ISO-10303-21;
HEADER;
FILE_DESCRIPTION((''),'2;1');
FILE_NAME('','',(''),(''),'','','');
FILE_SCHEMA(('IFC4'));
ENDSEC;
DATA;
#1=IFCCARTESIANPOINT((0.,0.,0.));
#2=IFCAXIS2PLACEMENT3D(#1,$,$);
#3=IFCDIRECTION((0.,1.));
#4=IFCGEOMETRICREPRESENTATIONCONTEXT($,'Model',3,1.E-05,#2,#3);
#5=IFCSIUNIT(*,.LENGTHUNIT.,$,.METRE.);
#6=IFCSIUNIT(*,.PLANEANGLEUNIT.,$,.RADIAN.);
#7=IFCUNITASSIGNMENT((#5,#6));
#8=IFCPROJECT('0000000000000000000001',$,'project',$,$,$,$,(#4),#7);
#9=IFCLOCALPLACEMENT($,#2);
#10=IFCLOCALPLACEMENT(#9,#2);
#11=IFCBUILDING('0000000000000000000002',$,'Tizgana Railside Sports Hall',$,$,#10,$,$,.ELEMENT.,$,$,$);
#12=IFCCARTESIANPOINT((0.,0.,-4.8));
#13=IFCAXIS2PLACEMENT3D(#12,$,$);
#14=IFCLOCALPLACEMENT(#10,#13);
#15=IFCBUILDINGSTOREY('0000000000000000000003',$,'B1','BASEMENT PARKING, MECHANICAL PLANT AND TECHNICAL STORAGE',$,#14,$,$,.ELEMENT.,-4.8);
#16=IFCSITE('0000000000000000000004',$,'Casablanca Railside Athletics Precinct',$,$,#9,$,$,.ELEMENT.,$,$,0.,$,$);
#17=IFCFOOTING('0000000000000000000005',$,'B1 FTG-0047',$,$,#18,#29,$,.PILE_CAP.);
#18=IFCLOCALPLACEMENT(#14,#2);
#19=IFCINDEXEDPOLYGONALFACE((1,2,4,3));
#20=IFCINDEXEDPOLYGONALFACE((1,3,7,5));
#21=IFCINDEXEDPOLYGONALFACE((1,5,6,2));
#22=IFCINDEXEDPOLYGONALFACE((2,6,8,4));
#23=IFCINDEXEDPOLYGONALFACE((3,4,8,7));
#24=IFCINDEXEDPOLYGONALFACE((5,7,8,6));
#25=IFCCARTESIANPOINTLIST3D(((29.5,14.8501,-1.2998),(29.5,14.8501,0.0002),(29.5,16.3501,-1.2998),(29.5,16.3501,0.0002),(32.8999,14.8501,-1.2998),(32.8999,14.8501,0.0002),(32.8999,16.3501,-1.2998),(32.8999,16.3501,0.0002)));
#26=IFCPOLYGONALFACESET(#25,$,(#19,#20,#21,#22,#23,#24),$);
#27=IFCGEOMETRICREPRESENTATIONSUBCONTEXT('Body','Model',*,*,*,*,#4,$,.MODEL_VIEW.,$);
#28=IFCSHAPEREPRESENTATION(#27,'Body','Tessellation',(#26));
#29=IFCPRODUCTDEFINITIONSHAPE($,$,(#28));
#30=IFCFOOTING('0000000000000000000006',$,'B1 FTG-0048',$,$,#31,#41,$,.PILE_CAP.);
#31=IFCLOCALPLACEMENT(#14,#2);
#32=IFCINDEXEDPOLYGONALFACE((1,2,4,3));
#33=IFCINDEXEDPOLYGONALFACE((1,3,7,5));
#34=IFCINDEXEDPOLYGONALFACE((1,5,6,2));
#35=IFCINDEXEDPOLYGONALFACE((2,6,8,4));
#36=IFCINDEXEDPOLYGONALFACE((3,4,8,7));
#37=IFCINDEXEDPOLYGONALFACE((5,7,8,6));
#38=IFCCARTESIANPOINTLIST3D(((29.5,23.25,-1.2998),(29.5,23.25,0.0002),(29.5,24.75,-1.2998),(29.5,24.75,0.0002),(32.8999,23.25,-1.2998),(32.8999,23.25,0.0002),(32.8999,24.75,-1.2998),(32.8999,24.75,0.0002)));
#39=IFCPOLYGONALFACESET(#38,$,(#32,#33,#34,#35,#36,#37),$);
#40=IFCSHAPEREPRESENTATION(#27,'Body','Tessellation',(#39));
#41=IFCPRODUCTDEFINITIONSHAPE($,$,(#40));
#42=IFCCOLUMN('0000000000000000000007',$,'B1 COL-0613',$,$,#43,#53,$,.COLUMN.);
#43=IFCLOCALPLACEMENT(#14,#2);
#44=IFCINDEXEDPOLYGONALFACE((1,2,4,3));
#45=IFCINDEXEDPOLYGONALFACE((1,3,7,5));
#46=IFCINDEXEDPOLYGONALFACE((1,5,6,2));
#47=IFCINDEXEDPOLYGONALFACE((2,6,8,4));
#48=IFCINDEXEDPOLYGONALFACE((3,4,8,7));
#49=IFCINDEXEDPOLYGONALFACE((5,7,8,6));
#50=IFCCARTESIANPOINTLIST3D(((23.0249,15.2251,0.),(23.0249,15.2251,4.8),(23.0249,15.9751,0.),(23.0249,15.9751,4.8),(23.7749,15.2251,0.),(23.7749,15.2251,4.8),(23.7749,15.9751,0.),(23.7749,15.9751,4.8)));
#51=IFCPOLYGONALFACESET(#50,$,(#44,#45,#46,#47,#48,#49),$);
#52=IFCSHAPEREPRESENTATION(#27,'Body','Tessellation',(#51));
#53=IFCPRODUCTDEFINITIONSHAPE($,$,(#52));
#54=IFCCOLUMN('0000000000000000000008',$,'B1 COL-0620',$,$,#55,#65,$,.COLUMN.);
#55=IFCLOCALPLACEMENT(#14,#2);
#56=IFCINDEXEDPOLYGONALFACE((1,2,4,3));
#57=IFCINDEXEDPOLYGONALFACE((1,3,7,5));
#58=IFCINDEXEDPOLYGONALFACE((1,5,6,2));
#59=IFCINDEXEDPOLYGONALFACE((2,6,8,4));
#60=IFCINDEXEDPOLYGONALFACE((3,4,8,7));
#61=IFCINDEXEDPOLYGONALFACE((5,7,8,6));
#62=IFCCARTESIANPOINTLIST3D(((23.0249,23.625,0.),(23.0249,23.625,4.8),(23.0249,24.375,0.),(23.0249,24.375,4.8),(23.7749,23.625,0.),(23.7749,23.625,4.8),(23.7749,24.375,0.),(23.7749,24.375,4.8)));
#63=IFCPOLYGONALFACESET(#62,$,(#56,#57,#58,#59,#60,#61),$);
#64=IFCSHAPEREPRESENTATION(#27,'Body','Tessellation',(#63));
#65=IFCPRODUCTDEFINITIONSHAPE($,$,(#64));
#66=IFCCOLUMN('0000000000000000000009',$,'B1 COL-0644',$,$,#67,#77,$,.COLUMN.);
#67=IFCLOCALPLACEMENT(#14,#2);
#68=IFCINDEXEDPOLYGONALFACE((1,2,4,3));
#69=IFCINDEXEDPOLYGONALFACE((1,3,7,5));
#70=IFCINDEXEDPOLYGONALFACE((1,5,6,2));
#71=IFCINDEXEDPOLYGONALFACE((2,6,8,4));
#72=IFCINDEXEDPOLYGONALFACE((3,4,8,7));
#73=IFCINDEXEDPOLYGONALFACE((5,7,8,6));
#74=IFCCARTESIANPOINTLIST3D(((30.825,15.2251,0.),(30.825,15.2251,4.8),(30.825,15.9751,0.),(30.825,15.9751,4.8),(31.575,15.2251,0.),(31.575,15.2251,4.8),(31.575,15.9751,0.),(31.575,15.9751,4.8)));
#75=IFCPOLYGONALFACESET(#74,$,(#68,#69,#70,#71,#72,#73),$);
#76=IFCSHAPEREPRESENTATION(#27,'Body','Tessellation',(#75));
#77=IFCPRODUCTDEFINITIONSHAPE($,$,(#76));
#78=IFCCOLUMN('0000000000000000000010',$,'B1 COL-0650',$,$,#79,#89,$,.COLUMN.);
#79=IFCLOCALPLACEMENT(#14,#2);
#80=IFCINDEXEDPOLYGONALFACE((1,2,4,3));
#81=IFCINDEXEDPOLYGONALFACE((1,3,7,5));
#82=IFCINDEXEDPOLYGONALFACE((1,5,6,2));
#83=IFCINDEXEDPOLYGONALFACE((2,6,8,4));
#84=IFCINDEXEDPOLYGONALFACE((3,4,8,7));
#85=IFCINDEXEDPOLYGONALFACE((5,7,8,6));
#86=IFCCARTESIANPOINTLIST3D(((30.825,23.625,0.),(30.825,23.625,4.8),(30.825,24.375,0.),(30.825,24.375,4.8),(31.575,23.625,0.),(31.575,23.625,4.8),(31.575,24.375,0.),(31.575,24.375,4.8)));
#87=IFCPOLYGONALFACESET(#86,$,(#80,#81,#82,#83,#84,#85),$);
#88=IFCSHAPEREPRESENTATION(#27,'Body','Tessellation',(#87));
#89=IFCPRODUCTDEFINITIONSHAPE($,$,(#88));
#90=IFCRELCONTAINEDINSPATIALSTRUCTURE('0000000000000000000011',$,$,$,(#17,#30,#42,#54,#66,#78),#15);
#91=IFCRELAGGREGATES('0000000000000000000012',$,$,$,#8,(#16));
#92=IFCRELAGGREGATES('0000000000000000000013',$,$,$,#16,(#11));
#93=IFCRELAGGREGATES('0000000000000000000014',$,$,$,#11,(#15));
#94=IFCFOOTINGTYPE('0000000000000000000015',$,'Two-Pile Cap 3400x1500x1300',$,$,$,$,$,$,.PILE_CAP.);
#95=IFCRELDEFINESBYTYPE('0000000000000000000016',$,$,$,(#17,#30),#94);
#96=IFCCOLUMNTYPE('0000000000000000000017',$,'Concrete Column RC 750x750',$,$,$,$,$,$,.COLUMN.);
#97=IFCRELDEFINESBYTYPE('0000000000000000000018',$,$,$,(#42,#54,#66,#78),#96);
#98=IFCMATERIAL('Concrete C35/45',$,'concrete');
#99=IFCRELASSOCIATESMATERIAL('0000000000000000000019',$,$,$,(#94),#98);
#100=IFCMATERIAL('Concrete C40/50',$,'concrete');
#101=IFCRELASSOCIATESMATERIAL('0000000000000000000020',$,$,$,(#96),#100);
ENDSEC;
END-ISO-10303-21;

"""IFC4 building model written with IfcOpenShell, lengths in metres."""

from ifc_helpers import new_model, si_unit, direction, frame, origin, origin_2d, place, context, subcontext, project, spatial, rectangle, extrude, material, material_profile, profile_set, type_object, element, save


model = new_model("IFC4")

# Units and contexts
model_context = context("Model", 3, precision=1e-05, world=origin(), true_north=direction((0.0, 1.0)))
body_context = subcontext(model_context, "Body", "Model", "MODEL_VIEW")
ifc_project = project(units=[si_unit("LENGTHUNIT", "METRE"), si_unit("PLANEANGLEUNIT", "RADIAN")], contexts=[model_context])

# Site, building, storey
site_placement = place(None, origin())
site = spatial("IfcSite", under=ifc_project, at=site_placement, Name="Casablanca Railside Athletics Precinct", CompositionType="ELEMENT", RefElevation=0.0)
building_placement = place(site_placement, origin())
building = spatial("IfcBuilding", under=site, at=building_placement, Name="Tizgana Railside Sports Hall", CompositionType="ELEMENT")
storey_placement = place(building_placement, frame((0.0, 0.0, -4.8)))
storey = spatial("IfcBuildingStorey", under=building, at=storey_placement, Name="B1", Description="BASEMENT PARKING, MECHANICAL PLANT AND TECHNICAL STORAGE", CompositionType="ELEMENT", Elevation=-4.8)

# Shared definitions
ifc_material_1 = material(Name="Concrete C35/45", Category="concrete")

# Footings
footing_type_1 = type_object("IfcFootingType", Name="Two-Pile Cap 3400x1500x1300", PredefinedType="PILE_CAP", material=ifc_material_1)
for number, where, z_axis, x_axis, name in (
    (1, (31.2, 15.6001, -1.2998), (0.0, 0.0, 1.0), (1.0, 0.0, 0.0), "B1 FTG-0047"),
    (2, (31.2, 24.0, -1.2998), (0.0, 0.0, 1.0), (1.0, 0.0, 0.0), "B1 FTG-0048"),
):
    element("IfcFooting", number, at=place(storey_placement, frame(where, z_axis=z_axis, x_axis=x_axis)), inside=storey, type_object=footing_type_1, Name=name, PredefinedType="PILE_CAP", context=body_context, shape_type="SweptSolid", body=[
        extrude(rectangle(XDim=3.3999, YDim=1.5, at=origin_2d()), origin(), (0.0, 0.0, 1.0), 1.3),
    ])

# Columns
ifc_material_2 = material(Name="Concrete C40/50", Category="concrete")
ifc_material_profile_1 = material_profile(ifc_material_2, rectangle(XDim=0.75, YDim=0.75, at=origin_2d()), Name="RC 750x750")
ifc_profile_set_1 = profile_set([ifc_material_profile_1], Name="Concrete C40/50")
column_type = type_object("IfcColumnType", Name="Concrete Column RC 750x750", PredefinedType="COLUMN", material=ifc_profile_set_1)
for number, where, z_axis, x_axis, name in (
    (3, (23.3999, 15.6001, 0.0), (0.0, 0.0, 1.0), (1.0, 0.0, 0.0), "B1 COL-0613"),
    (4, (23.3999, 24.0, 0.0), (0.0, 0.0, 1.0), (1.0, 0.0, 0.0), "B1 COL-0620"),
    (5, (31.2, 15.6001, 0.0), (0.0, 0.0, 1.0), (1.0, 0.0, 0.0), "B1 COL-0644"),
    (6, (31.2, 24.0, 0.0), (0.0, 0.0, 1.0), (1.0, 0.0, 0.0), "B1 COL-0650"),
):
    element("IfcColumn", number, at=place(storey_placement, frame(where, z_axis=z_axis, x_axis=x_axis)), inside=storey, type_object=column_type, Name=name, PredefinedType="COLUMN", context=body_context, shape_type="SweptSolid", body=[
        extrude(rectangle(XDim=0.75, YDim=0.75, at=origin_2d()), origin(), (0.0, 0.0, 1.0), 4.8),
    ])

save(model, "model.ifc")
